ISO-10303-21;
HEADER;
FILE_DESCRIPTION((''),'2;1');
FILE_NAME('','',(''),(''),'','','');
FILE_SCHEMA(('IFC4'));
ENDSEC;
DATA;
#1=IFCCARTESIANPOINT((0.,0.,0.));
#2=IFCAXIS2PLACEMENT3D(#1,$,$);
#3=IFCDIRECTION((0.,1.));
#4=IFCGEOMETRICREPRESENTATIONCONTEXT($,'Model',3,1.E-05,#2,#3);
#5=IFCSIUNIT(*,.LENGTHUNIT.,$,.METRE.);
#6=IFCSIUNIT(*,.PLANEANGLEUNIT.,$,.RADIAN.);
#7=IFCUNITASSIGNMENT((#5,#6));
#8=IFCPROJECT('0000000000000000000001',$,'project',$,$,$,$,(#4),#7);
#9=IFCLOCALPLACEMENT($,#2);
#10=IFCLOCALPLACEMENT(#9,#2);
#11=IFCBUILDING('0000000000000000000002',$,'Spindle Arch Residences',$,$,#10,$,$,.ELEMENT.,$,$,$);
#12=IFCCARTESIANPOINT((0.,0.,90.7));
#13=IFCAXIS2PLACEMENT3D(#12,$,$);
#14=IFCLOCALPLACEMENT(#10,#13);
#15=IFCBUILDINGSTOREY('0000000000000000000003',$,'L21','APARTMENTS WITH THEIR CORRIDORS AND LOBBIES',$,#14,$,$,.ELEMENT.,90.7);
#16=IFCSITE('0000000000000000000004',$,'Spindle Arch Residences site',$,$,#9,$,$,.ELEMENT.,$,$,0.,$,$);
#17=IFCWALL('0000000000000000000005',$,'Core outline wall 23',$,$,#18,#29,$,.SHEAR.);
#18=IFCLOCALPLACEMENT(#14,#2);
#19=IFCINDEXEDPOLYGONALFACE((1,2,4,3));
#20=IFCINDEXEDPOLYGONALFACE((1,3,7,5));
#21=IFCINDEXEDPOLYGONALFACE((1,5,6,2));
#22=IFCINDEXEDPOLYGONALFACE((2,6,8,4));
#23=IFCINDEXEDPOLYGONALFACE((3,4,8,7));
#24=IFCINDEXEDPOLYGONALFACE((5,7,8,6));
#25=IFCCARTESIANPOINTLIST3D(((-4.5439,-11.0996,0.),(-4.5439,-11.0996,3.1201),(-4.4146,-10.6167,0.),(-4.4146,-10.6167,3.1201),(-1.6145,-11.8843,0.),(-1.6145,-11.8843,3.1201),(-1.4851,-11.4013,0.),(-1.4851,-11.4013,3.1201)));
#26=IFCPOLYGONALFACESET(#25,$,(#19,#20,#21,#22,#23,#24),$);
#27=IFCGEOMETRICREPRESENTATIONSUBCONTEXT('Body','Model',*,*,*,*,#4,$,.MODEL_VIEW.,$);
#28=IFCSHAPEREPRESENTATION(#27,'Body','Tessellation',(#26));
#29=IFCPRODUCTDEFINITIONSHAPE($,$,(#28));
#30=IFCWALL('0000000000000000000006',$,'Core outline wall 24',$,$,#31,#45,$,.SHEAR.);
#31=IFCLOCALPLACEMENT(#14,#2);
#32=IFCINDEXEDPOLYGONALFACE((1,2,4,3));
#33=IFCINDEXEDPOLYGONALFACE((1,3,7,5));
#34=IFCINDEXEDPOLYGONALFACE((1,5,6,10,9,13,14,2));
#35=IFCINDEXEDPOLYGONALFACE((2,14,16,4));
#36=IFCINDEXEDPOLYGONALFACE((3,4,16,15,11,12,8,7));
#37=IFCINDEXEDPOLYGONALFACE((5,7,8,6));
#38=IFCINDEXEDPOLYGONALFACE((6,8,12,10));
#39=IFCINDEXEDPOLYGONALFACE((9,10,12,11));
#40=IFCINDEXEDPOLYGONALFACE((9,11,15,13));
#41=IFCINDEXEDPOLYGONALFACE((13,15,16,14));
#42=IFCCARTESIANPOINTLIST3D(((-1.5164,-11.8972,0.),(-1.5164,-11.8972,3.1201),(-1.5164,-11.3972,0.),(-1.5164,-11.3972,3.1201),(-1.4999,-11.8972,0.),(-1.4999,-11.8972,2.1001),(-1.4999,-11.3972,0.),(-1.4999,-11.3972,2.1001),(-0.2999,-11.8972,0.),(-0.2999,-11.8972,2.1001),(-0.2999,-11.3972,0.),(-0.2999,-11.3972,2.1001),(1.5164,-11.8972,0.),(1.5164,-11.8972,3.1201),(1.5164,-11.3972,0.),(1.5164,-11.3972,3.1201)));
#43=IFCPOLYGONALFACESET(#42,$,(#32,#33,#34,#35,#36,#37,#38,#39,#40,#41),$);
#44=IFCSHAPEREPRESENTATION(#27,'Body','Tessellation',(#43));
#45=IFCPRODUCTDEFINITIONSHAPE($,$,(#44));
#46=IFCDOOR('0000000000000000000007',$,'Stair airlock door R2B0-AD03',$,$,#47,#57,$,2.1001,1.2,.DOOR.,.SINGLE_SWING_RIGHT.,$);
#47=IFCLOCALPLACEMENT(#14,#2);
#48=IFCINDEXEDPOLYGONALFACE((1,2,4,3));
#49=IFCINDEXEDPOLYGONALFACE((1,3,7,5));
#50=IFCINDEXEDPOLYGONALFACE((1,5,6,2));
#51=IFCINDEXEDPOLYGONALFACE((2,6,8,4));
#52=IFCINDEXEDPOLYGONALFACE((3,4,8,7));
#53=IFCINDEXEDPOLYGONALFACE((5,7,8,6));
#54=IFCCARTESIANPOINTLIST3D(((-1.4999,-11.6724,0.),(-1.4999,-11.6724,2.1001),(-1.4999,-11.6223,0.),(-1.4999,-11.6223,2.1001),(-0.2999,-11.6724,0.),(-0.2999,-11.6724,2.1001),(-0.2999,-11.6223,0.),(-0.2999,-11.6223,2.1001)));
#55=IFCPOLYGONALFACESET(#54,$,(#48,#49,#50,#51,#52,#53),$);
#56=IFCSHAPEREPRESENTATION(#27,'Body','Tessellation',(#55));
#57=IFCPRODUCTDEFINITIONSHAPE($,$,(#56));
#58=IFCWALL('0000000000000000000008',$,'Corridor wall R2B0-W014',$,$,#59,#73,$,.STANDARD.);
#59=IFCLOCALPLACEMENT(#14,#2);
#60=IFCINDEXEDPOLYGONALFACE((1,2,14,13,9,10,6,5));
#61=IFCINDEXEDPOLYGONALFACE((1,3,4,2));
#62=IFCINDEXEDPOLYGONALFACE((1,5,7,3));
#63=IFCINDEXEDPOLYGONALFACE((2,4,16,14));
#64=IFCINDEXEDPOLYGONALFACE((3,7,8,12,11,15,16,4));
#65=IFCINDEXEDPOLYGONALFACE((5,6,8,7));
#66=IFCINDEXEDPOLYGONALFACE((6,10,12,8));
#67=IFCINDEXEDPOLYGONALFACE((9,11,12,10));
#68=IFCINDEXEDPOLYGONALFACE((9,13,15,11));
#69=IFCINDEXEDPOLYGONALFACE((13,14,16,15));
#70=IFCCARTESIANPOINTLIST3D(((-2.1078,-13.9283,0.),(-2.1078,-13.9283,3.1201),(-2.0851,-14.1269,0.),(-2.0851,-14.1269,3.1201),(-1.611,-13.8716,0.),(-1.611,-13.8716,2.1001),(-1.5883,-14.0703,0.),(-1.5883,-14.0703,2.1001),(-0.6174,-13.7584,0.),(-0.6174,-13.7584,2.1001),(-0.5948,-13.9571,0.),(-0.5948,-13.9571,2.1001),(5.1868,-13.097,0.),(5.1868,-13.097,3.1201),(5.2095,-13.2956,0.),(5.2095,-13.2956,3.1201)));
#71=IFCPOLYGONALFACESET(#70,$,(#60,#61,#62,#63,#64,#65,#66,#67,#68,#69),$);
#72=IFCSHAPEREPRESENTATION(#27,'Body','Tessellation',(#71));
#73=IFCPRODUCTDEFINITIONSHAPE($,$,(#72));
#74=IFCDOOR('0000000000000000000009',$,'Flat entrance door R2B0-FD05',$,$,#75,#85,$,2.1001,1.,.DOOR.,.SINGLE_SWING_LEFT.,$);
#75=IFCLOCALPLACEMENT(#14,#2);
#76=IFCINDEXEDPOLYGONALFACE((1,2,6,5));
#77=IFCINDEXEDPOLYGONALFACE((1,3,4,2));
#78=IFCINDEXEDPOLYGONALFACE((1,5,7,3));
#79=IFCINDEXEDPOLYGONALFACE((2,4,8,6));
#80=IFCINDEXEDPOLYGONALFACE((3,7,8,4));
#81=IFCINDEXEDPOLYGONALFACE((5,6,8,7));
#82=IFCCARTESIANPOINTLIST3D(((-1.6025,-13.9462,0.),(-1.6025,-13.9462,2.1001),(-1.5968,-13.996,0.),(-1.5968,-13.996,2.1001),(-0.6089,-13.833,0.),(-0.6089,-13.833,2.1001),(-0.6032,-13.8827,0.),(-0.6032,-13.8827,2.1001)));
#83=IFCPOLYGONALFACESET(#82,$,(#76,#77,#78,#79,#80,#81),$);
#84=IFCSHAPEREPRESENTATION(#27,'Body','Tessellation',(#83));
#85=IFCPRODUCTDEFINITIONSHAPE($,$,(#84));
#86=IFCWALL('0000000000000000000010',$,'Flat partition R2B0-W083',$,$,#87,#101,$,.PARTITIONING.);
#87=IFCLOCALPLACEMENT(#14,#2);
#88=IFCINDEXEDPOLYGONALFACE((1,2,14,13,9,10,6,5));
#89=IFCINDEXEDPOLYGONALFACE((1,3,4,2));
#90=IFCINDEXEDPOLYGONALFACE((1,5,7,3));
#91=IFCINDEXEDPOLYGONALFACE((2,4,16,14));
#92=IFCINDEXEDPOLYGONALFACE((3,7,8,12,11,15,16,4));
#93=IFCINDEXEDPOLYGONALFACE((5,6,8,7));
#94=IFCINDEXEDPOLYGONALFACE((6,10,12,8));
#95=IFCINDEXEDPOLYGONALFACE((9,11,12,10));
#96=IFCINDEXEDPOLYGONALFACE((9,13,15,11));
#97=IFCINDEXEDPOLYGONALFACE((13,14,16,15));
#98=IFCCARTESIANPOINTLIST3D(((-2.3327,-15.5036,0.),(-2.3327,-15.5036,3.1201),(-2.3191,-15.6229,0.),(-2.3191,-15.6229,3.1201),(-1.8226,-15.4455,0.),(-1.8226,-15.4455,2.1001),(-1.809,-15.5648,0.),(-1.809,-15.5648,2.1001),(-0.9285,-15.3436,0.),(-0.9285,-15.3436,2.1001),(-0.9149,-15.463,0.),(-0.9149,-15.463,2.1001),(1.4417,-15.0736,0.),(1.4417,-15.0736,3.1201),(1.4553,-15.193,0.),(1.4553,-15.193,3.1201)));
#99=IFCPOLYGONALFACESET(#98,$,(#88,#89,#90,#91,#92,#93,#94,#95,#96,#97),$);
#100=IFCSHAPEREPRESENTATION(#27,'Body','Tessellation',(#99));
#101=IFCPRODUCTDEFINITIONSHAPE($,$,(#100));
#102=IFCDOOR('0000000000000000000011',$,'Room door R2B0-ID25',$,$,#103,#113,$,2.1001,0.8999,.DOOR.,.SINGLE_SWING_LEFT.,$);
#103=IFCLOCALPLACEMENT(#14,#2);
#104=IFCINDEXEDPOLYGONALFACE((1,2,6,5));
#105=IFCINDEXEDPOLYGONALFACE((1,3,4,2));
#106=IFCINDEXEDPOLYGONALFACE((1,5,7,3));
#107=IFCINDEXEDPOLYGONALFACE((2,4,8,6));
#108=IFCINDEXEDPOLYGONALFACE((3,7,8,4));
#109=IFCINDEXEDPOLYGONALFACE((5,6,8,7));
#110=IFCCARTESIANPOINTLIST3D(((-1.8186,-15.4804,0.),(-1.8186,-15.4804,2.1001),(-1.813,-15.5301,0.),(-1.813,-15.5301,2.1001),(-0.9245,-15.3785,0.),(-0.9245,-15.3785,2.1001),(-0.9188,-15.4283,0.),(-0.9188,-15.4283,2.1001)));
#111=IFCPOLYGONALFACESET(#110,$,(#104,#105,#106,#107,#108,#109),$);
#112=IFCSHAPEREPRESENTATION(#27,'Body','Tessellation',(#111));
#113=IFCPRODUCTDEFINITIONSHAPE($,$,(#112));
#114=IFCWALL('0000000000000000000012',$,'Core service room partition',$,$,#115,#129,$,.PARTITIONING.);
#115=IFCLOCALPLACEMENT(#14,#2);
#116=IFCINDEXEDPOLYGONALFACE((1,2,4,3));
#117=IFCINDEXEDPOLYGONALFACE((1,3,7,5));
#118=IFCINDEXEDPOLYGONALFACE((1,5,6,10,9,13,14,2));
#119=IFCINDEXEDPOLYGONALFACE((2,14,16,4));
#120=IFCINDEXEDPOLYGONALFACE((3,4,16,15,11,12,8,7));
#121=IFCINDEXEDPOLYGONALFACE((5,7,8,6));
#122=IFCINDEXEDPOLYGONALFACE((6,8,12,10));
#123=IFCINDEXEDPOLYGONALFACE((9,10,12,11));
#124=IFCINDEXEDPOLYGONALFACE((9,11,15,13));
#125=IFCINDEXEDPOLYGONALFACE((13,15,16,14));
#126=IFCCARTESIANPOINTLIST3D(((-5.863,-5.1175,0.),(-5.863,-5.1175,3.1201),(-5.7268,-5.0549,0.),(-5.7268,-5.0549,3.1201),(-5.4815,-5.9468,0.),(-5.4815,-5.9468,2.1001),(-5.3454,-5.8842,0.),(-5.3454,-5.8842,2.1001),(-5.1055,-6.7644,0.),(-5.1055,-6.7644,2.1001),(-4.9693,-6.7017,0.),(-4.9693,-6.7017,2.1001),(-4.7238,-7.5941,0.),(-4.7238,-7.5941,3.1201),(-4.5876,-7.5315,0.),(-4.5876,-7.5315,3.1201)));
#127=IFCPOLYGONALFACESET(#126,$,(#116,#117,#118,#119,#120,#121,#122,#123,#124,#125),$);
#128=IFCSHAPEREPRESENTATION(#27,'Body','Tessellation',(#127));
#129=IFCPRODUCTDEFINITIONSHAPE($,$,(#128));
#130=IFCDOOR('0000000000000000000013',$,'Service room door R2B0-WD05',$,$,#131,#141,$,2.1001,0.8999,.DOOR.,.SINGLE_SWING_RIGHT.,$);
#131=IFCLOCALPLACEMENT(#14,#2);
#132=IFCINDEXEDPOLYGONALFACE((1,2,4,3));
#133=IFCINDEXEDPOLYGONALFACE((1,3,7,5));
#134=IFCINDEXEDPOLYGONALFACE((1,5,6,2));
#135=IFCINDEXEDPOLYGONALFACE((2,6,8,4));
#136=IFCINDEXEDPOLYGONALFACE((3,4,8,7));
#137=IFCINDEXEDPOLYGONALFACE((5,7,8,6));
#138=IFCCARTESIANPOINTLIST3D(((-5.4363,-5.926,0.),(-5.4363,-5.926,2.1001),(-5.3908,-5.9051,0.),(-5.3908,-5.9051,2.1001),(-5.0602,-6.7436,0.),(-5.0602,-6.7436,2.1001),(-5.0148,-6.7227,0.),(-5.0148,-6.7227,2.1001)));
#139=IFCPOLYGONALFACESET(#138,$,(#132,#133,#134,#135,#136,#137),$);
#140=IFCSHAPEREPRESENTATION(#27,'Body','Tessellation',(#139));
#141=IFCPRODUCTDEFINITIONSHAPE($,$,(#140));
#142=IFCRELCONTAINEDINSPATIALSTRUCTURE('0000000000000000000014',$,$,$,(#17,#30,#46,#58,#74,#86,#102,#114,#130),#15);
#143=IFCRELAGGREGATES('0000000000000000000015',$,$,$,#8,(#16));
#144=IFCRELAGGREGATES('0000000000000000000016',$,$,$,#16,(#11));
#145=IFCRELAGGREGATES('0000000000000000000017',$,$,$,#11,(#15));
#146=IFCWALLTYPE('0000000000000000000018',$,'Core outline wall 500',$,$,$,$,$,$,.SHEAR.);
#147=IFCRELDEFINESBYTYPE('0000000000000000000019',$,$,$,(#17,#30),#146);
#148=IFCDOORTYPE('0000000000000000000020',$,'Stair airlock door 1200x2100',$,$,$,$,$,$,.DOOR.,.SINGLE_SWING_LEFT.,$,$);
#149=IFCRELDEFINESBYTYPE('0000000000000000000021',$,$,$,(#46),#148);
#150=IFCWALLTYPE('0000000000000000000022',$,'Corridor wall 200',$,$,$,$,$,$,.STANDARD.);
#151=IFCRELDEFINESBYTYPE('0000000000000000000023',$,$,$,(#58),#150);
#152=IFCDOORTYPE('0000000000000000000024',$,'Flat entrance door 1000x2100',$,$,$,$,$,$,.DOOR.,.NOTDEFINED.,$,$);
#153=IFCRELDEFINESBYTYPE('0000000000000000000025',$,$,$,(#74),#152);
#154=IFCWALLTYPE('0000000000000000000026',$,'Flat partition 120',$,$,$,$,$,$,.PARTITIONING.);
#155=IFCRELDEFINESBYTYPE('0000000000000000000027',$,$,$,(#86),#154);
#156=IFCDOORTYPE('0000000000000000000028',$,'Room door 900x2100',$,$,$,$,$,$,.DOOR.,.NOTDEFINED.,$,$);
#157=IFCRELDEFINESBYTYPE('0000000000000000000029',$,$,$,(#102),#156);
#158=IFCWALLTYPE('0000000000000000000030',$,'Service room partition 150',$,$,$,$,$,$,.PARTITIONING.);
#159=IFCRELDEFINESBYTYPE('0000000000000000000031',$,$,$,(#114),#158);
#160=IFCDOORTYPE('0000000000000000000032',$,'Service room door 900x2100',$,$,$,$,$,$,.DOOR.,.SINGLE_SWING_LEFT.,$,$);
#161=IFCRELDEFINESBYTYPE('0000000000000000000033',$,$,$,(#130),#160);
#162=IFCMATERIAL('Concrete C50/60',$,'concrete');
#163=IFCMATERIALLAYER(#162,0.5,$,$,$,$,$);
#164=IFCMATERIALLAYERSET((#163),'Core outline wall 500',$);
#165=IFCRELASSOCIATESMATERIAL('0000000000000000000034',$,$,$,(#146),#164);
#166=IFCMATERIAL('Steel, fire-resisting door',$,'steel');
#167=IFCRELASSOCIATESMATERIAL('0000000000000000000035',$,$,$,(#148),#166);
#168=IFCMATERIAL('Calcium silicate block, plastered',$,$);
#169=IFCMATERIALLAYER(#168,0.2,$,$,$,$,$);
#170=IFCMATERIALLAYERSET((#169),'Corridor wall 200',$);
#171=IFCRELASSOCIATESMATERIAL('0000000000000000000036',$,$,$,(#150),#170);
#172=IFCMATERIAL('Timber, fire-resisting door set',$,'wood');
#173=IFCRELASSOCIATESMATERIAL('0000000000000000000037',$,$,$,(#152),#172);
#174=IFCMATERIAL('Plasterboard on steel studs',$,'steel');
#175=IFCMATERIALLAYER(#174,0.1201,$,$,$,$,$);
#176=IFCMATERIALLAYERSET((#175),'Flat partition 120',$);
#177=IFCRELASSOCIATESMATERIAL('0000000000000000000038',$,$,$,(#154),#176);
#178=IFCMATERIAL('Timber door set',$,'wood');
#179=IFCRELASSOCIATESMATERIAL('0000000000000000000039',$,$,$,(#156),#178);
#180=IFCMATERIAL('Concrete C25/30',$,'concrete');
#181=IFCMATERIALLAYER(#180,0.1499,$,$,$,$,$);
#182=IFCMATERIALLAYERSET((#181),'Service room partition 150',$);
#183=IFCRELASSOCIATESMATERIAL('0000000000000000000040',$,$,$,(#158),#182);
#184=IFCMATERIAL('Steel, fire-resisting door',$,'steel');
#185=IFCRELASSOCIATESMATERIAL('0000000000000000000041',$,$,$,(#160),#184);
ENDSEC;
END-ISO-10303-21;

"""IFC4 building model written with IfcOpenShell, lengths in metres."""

from ifc_helpers import new_model, si_unit, direction, frame, frame_2d, origin, place, context, subcontext, project, spatial, rectangle, extrude, material, layer, layer_set, type_object, element, fill, save


model = new_model("IFC4")

# Units and contexts
model_context = context("Model", 3, precision=1e-05, world=origin(), true_north=direction((0.0, 1.0)))
body_context = subcontext(model_context, "Body", "Model", "MODEL_VIEW")
ifc_project = project(units=[si_unit("LENGTHUNIT", "METRE"), si_unit("PLANEANGLEUNIT", "RADIAN")], contexts=[model_context])

# Site, building, storey
site_placement = place(None, origin())
site = spatial("IfcSite", under=ifc_project, at=site_placement, Name="Spindle Arch Residences site", CompositionType="ELEMENT", RefElevation=0.0)
building_placement = place(site_placement, origin())
building = spatial("IfcBuilding", under=site, at=building_placement, Name="Spindle Arch Residences", CompositionType="ELEMENT")
storey_placement = place(building_placement, frame((0.0, 0.0, 90.7)))
storey = spatial("IfcBuildingStorey", under=building, at=storey_placement, Name="L21", Description="APARTMENTS WITH THEIR CORRIDORS AND LOBBIES", CompositionType="ELEMENT", Elevation=90.7)

# Wall
ifc_material_1 = material(Name="Concrete C50/60", Category="concrete")
ifc_layer_1 = layer(ifc_material_1, 0.5)
ifc_layer_set_1 = layer_set([ifc_layer_1], Name="Core outline wall 500")
wall_type_1 = type_object("IfcWallType", Name="Core outline wall 500", PredefinedType="SHEAR", material=ifc_layer_set_1)
wall_1_placement = place(storey_placement, frame((-4.4792, -10.8582, 0.0), z_axis=(0.0, 0.0, 1.0), x_axis=(0.965948, -0.258735, 0.0)))
element("IfcWall", 1, at=wall_1_placement, inside=storey, type_object=wall_type_1, Name="Core outline wall 23", PredefinedType="SHEAR", context=body_context, shape_type="SweptSolid", body=[
    extrude(rectangle(XDim=3.0327, YDim=0.5, at=frame_2d((1.5164, 0.0))), origin(), (0.0, 0.0, 1.0), 3.1201),
])

# Walls, openings, doors
wall_2_placement = place(storey_placement, frame((-1.5164, -11.6472, 0.0), z_axis=(0.0, 0.0, 1.0), x_axis=(1.0, 0.0, 0.0)))
wall_2 = element("IfcWall", 2, at=wall_2_placement, inside=storey, type_object=wall_type_1, Name="Core outline wall 24", PredefinedType="SHEAR", context=body_context, shape_type="SweptSolid", body=[
    extrude(rectangle(XDim=3.0327, YDim=0.5, at=frame_2d((1.5164, 0.0))), origin(), (0.0, 0.0, 1.0), 3.1201),
])
opening_1_placement = place(wall_2_placement, frame((0.0164, 0.0, 0.0)))
opening_1 = element("IfcOpeningElement", 3, at=opening_1_placement, cuts=wall_2, PredefinedType="OPENING", context=body_context, shape_type="SweptSolid", body=[
    extrude(rectangle(XDim=1.2, YDim=2.1001, at=frame_2d((0.6001, 1.05))), frame((0.0, 0.26, 0.0), z_axis=(0.0, -1.0, 0.0), x_axis=(1.0, 0.0, 0.0)), (0.0, 0.0, 1.0), 0.52),
])
ifc_material_2 = material(Name="Steel, fire-resisting door", Category="steel")
door_type_1 = type_object("IfcDoorType", Name="Stair airlock door 1200x2100", OperationType="SINGLE_SWING_LEFT", PredefinedType="DOOR", material=ifc_material_2)
door_1_placement = place(opening_1_placement, origin())
door_1 = element("IfcDoor", 4, at=door_1_placement, inside=storey, type_object=door_type_1, Name="Stair airlock door R2B0-AD03", OperationType="SINGLE_SWING_RIGHT", OverallHeight=2.1001, OverallWidth=1.2, PredefinedType="DOOR", context=body_context, shape_type="SweptSolid", body=[
    extrude(rectangle(XDim=1.2, YDim=2.1001, at=frame_2d((0.6001, 1.05))), frame((0.0, 0.0249, 0.0), z_axis=(0.0, -1.0, 0.0), x_axis=(1.0, 0.0, 0.0)), (0.0, 0.0, 1.0), 0.05),
])
fill(opening_1, door_1)
ifc_material_3 = material(Name="Calcium silicate block, plastered")
ifc_layer_2 = layer(ifc_material_3, 0.2)
ifc_layer_set_2 = layer_set([ifc_layer_2], Name="Corridor wall 200")
wall_type_2 = type_object("IfcWallType", Name="Corridor wall 200", PredefinedType="STANDARD", material=ifc_layer_set_2)
wall_3_placement = place(storey_placement, frame((-2.0964, -14.0276, 0.0), z_axis=(0.0, 0.0, 1.0), x_axis=(0.993569, 0.113227, 0.0)))
wall_3 = element("IfcWall", 5, at=wall_3_placement, inside=storey, type_object=wall_type_2, Name="Corridor wall R2B0-W014", PredefinedType="STANDARD", context=body_context, shape_type="SweptSolid", body=[
    extrude(rectangle(XDim=7.3418, YDim=0.2, at=frame_2d((3.6709, 0.0))), origin(), (0.0, 0.0, 1.0), 3.1201),
])
opening_2_placement = place(wall_3_placement, frame((0.5, 0.0, 0.0)))
opening_2 = element("IfcOpeningElement", 6, at=opening_2_placement, cuts=wall_3, PredefinedType="OPENING", context=body_context, shape_type="SweptSolid", body=[
    extrude(rectangle(XDim=1.0, YDim=2.1001, at=frame_2d((0.5, 1.05))), frame((0.0, 0.1099, 0.0), z_axis=(0.0, -1.0, 0.0), x_axis=(1.0, 0.0, 0.0)), (0.0, 0.0, 1.0), 0.22),
])
ifc_material_4 = material(Name="Timber, fire-resisting door set", Category="wood")
door_type_2 = type_object("IfcDoorType", Name="Flat entrance door 1000x2100", OperationType="NOTDEFINED", PredefinedType="DOOR", material=ifc_material_4)
door_2_placement = place(opening_2_placement, origin())
door_2 = element("IfcDoor", 7, at=door_2_placement, inside=storey, type_object=door_type_2, Name="Flat entrance door R2B0-FD05", OperationType="SINGLE_SWING_LEFT", OverallHeight=2.1001, OverallWidth=1.0, PredefinedType="DOOR", context=body_context, shape_type="SweptSolid", body=[
    extrude(rectangle(XDim=1.0, YDim=2.1001, at=frame_2d((0.5, 1.05))), frame((0.0, 0.0249, 0.0), z_axis=(0.0, -1.0, 0.0), x_axis=(1.0, 0.0, 0.0)), (0.0, 0.0, 1.0), 0.05),
])
fill(opening_2, door_2)
ifc_material_5 = material(Name="Plasterboard on steel studs", Category="steel")
ifc_layer_3 = layer(ifc_material_5, 0.1201)
ifc_layer_set_3 = layer_set([ifc_layer_3], Name="Flat partition 120")
wall_type_3 = type_object("IfcWallType", Name="Flat partition 120", PredefinedType="PARTITIONING", material=ifc_layer_set_3)
wall_4_placement = place(storey_placement, frame((-2.3259, -15.5632, 0.0), z_axis=(0.0, 0.0, 1.0), x_axis=(0.993575, 0.113175, 0.0)))
wall_4 = element("IfcWall", 8, at=wall_4_placement, inside=storey, type_object=wall_type_3, Name="Flat partition R2B0-W083", PredefinedType="PARTITIONING", context=body_context, shape_type="SweptSolid", body=[
    extrude(rectangle(XDim=3.7988, YDim=0.1201, at=frame_2d((1.8994, 0.0))), origin(), (0.0, 0.0, 1.0), 3.1201),
])
opening_3_placement = place(wall_4_placement, frame((0.5134, 0.0, 0.0)))
opening_3 = element("IfcOpeningElement", 9, at=opening_3_placement, cuts=wall_4, PredefinedType="OPENING", context=body_context, shape_type="SweptSolid", body=[
    extrude(rectangle(XDim=0.8999, YDim=2.1001, at=frame_2d((0.45, 1.05))), frame((0.0, 0.0701, 0.0), z_axis=(0.0, -1.0, 0.0), x_axis=(1.0, 0.0, 0.0)), (0.0, 0.0, 1.0), 0.1401),
])
ifc_material_6 = material(Name="Timber door set", Category="wood")
door_type_3 = type_object("IfcDoorType", Name="Room door 900x2100", OperationType="NOTDEFINED", PredefinedType="DOOR", material=ifc_material_6)
door_3_placement = place(opening_3_placement, origin())
door_3 = element("IfcDoor", 10, at=door_3_placement, inside=storey, type_object=door_type_3, Name="Room door R2B0-ID25", OperationType="SINGLE_SWING_LEFT", OverallHeight=2.1001, OverallWidth=0.8999, PredefinedType="DOOR", context=body_context, shape_type="SweptSolid", body=[
    extrude(rectangle(XDim=0.8999, YDim=2.1001, at=frame_2d((0.45, 1.05))), frame((0.0, 0.0249, 0.0), z_axis=(0.0, -1.0, 0.0), x_axis=(1.0, 0.0, 0.0)), (0.0, 0.0, 1.0), 0.05),
])
fill(opening_3, door_3)
ifc_material_7 = material(Name="Concrete C25/30", Category="concrete")
ifc_layer_4 = layer(ifc_material_7, 0.1499)
ifc_layer_set_4 = layer_set([ifc_layer_4], Name="Service room partition 150")
wall_type_4 = type_object("IfcWallType", Name="Service room partition 150", PredefinedType="PARTITIONING", material=ifc_layer_set_4)
wall_5_placement = place(storey_placement, frame((-5.7949, -5.0862, 0.0), z_axis=(0.0, 0.0, 1.0), x_axis=(0.417888, -0.908499, 0.0)))
wall_5 = element("IfcWall", 11, at=wall_5_placement, inside=storey, type_object=wall_type_4, Name="Core service room partition", PredefinedType="PARTITIONING", context=body_context, shape_type="SweptSolid", body=[
    extrude(rectangle(XDim=2.7261, YDim=0.1499, at=frame_2d((1.363, 0.0))), origin(), (0.0, 0.0, 1.0), 3.1201),
])
opening_4_placement = place(wall_5_placement, frame((0.9128, 0.0, 0.0)))
opening_4 = element("IfcOpeningElement", 12, at=opening_4_placement, cuts=wall_5, PredefinedType="OPENING", context=body_context, shape_type="SweptSolid", body=[
    extrude(rectangle(XDim=0.8999, YDim=2.1001, at=frame_2d((0.45, 1.05))), frame((0.0, 0.085, 0.0), z_axis=(0.0, -1.0, 0.0), x_axis=(1.0, 0.0, 0.0)), (0.0, 0.0, 1.0), 0.1699),
])
ifc_material_8 = material(Name="Steel, fire-resisting door", Category="steel")
door_type_4 = type_object("IfcDoorType", Name="Service room door 900x2100", OperationType="SINGLE_SWING_LEFT", PredefinedType="DOOR", material=ifc_material_8)
door_4_placement = place(opening_4_placement, origin())
door_4 = element("IfcDoor", 13, at=door_4_placement, inside=storey, type_object=door_type_4, Name="Service room door R2B0-WD05", OperationType="SINGLE_SWING_RIGHT", OverallHeight=2.1001, OverallWidth=0.8999, PredefinedType="DOOR", context=body_context, shape_type="SweptSolid", body=[
    extrude(rectangle(XDim=0.8999, YDim=2.1001, at=frame_2d((0.45, 1.05))), frame((0.0, 0.0249, 0.0), z_axis=(0.0, -1.0, 0.0), x_axis=(1.0, 0.0, 0.0)), (0.0, 0.0, 1.0), 0.05),
])
fill(opening_4, door_4)

save(model, "model.ifc")
